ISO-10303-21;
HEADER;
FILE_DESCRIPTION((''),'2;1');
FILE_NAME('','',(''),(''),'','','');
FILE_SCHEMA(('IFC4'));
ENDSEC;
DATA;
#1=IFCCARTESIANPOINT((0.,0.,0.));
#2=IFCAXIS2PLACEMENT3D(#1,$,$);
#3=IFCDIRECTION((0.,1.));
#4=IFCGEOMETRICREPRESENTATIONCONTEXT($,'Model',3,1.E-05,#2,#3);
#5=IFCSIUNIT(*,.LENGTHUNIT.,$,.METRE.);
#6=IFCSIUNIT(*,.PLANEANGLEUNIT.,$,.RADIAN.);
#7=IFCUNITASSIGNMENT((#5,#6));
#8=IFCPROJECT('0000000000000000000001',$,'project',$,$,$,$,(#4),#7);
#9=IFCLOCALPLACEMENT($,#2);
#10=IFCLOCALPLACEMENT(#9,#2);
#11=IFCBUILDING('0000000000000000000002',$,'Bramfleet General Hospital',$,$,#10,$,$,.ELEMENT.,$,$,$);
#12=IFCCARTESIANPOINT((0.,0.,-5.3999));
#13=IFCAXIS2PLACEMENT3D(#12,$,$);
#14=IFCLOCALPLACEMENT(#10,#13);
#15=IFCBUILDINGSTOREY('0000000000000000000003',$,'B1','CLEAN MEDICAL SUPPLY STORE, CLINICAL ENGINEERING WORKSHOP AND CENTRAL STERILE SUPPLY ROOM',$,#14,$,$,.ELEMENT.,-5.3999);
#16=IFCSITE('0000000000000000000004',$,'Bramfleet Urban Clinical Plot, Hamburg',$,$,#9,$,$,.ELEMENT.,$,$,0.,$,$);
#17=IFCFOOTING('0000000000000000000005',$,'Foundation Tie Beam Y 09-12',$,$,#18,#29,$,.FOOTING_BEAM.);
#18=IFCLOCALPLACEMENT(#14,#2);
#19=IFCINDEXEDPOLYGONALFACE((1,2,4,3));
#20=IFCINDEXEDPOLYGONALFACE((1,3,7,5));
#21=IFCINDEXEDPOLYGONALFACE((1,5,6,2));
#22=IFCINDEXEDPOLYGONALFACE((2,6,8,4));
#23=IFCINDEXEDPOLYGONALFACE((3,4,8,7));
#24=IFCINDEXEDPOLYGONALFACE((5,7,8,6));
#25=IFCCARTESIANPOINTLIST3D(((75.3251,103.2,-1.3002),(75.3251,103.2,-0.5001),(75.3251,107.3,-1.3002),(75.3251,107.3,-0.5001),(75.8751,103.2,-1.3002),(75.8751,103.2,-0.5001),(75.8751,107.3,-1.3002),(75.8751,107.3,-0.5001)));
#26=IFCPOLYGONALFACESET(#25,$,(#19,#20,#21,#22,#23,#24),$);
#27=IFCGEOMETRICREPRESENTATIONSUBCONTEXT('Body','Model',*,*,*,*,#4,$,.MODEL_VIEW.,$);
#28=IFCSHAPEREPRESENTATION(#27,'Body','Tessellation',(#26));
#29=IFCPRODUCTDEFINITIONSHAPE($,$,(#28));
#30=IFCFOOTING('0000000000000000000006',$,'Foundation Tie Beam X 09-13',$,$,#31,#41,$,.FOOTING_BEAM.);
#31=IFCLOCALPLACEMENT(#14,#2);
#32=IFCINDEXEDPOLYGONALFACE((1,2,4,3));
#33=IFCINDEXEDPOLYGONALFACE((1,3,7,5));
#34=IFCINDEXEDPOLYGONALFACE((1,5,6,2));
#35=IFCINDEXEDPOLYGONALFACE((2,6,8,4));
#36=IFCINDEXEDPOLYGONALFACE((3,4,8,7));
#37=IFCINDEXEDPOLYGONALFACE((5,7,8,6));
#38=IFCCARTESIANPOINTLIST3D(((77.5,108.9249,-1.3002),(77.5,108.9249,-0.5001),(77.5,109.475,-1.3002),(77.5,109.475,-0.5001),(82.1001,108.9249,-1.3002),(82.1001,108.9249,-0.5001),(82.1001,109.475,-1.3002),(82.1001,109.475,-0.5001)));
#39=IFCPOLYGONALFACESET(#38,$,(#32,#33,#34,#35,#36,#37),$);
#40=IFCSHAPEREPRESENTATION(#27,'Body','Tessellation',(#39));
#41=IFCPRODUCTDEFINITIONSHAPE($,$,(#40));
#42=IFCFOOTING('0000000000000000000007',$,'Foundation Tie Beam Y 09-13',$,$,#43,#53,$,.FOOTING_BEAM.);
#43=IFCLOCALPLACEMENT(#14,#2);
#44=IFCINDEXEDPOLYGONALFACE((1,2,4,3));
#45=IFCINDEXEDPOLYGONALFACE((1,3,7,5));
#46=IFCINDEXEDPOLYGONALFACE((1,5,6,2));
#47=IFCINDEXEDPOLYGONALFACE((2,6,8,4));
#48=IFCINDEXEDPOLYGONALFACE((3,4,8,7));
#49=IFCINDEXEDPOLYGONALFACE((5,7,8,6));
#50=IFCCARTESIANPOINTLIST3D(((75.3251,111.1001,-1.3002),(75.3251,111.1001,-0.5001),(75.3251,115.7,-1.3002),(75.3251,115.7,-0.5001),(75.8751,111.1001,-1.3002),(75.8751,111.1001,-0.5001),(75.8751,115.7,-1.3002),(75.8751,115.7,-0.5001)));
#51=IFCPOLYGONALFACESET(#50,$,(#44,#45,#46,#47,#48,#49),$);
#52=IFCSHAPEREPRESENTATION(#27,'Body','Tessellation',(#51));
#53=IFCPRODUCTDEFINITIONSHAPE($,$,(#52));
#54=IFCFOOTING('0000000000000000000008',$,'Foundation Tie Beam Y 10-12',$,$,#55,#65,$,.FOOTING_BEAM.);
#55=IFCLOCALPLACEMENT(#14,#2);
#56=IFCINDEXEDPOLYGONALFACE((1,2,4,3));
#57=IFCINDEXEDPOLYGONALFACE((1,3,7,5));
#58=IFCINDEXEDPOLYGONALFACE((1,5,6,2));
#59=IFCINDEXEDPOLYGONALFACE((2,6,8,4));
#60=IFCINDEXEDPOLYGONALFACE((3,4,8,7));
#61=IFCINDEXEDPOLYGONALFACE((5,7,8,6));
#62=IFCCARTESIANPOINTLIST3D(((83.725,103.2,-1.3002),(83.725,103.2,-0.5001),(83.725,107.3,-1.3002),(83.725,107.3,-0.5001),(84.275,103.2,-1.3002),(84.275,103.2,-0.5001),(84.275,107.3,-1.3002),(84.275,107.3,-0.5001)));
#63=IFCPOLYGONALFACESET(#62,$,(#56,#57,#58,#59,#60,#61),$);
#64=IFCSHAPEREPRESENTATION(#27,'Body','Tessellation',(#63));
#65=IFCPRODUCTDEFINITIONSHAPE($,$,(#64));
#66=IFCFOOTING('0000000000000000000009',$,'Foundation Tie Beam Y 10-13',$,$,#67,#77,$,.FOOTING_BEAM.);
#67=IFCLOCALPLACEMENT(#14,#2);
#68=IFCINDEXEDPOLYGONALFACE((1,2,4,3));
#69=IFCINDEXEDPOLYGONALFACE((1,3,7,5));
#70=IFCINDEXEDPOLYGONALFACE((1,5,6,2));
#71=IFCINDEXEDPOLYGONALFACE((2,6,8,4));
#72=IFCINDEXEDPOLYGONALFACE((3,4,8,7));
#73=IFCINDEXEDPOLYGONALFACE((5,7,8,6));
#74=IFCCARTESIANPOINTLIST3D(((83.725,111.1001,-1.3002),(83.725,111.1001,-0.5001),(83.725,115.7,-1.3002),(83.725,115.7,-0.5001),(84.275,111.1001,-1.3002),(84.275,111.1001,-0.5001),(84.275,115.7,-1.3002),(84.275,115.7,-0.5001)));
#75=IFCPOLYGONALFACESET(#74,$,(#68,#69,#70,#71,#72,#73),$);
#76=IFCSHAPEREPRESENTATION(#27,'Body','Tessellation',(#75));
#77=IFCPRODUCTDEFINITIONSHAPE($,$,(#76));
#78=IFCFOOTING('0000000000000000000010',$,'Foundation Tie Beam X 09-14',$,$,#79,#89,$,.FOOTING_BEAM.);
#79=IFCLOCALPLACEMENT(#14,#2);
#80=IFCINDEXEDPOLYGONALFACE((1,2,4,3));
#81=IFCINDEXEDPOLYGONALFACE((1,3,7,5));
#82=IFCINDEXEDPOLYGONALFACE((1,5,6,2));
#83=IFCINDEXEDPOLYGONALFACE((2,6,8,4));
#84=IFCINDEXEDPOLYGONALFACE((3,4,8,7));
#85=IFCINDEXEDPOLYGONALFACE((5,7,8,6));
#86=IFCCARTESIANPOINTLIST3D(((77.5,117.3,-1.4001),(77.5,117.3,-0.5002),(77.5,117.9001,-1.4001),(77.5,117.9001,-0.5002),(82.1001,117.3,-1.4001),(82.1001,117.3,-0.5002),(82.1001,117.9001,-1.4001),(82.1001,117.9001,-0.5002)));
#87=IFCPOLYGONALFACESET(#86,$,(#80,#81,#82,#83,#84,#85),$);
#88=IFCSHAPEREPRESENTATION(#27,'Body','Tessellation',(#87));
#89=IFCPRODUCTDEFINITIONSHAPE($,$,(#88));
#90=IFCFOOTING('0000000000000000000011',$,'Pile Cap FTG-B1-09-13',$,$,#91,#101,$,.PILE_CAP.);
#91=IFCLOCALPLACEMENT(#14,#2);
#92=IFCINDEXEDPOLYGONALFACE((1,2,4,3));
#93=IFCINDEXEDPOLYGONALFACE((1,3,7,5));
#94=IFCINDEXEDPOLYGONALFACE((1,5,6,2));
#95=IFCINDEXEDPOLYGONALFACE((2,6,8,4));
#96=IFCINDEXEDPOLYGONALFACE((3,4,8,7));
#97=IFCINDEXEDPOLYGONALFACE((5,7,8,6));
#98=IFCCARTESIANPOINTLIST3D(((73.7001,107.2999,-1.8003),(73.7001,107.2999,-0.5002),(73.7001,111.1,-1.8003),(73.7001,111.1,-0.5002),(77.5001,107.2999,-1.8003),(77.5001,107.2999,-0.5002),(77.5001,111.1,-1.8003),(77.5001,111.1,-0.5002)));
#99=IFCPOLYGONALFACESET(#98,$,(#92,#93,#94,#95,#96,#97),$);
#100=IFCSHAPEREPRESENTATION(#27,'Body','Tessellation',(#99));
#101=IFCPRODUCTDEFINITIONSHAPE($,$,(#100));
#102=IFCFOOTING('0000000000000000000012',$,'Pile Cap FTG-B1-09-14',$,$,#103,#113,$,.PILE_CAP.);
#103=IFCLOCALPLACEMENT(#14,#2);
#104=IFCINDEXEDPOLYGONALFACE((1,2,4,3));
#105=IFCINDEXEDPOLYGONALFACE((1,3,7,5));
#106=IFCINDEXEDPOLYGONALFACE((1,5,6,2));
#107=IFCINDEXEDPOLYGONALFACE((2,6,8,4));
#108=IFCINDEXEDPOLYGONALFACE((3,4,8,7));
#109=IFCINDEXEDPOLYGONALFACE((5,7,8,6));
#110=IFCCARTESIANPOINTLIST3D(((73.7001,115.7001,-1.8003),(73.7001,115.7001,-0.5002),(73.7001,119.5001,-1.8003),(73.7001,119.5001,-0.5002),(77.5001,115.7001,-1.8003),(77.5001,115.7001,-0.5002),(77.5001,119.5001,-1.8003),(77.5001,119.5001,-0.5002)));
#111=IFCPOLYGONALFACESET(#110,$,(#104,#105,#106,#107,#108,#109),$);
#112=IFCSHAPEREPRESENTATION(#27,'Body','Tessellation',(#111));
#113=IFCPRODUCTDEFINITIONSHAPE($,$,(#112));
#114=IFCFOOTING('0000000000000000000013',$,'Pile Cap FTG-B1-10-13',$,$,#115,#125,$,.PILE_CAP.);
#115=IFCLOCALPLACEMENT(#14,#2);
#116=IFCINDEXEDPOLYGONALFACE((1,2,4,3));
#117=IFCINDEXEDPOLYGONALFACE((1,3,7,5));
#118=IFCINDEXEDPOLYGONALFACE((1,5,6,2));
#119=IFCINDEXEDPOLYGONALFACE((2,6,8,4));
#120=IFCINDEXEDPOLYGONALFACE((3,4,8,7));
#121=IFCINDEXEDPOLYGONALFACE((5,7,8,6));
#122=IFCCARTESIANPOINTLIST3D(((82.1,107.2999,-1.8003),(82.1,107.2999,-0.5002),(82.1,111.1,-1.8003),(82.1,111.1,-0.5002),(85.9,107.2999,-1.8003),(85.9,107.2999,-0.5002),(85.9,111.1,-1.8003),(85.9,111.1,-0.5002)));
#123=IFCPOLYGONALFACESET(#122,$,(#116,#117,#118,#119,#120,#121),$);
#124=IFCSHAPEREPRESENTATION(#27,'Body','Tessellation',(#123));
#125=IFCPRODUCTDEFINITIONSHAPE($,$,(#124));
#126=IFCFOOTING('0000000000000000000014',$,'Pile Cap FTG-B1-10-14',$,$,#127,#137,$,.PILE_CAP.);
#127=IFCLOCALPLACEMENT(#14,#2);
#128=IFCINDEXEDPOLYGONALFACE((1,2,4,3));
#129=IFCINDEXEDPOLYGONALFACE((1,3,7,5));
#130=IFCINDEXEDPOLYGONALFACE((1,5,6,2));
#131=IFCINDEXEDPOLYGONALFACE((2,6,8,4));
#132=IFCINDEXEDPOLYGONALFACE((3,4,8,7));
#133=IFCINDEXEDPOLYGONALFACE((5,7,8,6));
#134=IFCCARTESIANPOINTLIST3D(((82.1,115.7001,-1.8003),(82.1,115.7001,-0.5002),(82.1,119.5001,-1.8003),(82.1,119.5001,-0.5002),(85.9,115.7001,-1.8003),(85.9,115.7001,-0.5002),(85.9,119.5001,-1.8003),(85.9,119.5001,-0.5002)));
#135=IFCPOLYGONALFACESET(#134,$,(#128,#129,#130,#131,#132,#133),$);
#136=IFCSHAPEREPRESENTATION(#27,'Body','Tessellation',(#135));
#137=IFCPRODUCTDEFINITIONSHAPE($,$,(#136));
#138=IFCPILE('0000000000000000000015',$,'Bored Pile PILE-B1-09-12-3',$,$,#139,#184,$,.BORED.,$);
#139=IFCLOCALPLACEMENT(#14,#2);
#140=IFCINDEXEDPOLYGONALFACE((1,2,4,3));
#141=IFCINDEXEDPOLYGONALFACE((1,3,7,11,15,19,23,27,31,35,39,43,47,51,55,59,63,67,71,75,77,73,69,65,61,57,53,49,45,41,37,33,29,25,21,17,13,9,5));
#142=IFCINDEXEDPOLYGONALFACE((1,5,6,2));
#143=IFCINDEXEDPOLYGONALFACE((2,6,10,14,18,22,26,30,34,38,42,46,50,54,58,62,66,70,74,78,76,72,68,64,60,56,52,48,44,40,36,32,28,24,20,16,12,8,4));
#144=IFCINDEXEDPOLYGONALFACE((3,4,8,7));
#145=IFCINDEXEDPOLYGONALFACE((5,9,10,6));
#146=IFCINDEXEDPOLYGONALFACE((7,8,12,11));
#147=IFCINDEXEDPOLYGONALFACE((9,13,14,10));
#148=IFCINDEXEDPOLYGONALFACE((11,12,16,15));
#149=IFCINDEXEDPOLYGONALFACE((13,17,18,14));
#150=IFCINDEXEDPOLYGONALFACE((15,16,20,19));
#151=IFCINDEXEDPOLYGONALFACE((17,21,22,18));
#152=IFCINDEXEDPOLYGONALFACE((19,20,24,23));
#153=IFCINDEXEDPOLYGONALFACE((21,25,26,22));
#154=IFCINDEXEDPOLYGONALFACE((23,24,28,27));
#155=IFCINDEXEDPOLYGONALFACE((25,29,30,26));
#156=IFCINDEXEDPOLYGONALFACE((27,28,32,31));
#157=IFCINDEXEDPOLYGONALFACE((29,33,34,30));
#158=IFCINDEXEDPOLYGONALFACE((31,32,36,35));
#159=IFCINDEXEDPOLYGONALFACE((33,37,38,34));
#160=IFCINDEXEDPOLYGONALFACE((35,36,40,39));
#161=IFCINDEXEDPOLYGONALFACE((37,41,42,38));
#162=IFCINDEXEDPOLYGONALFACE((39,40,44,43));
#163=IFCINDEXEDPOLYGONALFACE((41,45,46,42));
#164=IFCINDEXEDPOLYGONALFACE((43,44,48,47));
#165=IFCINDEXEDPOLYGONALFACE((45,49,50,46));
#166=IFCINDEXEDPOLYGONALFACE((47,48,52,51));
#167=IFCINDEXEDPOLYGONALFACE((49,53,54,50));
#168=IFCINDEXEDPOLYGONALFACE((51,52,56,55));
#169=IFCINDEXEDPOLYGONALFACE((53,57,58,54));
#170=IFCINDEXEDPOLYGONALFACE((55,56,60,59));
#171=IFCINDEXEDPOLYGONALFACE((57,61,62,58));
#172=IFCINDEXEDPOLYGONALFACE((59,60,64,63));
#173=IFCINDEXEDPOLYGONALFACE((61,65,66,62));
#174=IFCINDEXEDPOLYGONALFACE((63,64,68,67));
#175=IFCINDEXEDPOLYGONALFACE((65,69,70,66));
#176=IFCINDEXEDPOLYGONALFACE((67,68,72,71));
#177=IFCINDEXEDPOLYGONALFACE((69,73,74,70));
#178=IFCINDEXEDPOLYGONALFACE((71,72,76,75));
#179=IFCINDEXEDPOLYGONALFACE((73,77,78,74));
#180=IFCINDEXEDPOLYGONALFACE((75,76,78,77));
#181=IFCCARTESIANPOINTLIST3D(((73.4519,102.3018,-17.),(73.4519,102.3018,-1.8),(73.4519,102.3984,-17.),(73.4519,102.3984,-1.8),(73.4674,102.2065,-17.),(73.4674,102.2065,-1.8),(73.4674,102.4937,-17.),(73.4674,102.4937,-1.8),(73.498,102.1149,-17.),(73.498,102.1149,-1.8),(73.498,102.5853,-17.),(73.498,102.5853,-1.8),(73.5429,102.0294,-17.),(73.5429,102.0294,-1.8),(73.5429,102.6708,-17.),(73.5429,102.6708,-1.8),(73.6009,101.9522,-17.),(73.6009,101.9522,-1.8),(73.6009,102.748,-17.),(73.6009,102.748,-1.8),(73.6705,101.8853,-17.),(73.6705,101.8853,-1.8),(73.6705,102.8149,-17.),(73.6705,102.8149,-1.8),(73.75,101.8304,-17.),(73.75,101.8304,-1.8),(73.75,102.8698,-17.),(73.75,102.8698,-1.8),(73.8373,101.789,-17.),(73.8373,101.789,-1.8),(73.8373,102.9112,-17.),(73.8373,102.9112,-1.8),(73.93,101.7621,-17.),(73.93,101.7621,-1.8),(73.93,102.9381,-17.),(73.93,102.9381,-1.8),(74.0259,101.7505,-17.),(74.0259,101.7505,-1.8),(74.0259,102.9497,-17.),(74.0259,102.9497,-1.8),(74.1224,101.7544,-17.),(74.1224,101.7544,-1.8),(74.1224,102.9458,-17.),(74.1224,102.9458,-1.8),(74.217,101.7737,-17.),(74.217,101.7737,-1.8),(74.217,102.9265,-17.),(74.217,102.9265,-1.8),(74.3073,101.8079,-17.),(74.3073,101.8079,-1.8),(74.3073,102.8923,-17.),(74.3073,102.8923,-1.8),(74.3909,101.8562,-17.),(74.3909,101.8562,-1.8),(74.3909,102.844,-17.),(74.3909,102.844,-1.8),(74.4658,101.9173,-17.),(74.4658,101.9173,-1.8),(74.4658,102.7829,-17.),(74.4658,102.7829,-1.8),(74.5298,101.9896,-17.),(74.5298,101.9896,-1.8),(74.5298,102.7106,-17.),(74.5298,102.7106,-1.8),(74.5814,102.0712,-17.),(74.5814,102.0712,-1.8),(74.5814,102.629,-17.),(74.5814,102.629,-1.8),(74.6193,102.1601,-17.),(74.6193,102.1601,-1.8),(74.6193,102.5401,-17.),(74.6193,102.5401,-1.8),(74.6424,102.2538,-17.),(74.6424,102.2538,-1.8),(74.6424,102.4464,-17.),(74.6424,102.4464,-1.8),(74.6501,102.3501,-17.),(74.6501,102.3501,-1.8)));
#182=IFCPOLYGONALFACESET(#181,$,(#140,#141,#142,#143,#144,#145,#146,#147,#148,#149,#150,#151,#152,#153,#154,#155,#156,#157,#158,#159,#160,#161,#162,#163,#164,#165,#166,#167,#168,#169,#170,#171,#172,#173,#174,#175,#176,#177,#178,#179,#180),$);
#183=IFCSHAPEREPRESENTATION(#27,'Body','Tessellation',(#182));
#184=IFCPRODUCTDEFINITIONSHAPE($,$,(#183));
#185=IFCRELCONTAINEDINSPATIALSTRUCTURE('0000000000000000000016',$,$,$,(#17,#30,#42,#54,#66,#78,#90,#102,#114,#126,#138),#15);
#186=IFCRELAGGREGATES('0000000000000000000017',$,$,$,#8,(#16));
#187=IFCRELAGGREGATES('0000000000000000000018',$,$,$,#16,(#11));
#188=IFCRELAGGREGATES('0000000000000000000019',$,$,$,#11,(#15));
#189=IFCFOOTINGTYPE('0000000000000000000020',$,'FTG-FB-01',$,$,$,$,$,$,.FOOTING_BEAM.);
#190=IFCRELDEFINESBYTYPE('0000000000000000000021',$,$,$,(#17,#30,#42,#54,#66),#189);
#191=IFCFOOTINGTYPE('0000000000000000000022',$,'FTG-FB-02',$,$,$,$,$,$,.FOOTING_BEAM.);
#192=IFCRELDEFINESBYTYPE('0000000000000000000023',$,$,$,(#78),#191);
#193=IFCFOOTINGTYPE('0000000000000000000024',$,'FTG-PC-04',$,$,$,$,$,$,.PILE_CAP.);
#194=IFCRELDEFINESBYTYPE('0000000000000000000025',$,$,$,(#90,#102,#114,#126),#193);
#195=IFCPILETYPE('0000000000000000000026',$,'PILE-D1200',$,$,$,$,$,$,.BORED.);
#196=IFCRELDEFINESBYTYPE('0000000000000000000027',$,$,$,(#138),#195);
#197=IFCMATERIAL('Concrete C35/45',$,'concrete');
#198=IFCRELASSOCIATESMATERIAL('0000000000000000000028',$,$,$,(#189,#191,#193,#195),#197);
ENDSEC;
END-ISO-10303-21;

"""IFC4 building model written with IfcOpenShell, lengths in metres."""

from ifc_helpers import new_model, si_unit, direction, frame, origin, origin_2d, place, context, subcontext, project, spatial, rectangle, circle, extrude, material, material_profile, profile_set, type_object, element, save


model = new_model("IFC4")

# Units and contexts
model_context = context("Model", 3, precision=1e-05, world=origin(), true_north=direction((0.0, 1.0)))
body_context = subcontext(model_context, "Body", "Model", "MODEL_VIEW")
ifc_project = project(units=[si_unit("LENGTHUNIT", "METRE"), si_unit("PLANEANGLEUNIT", "RADIAN")], contexts=[model_context])

# Site, building, storey
site_placement = place(None, origin())
site = spatial("IfcSite", under=ifc_project, at=site_placement, Name="Bramfleet Urban Clinical Plot, Hamburg", CompositionType="ELEMENT", RefElevation=0.0)
building_placement = place(site_placement, origin())
building = spatial("IfcBuilding", under=site, at=building_placement, Name="Bramfleet General Hospital", CompositionType="ELEMENT")
storey_placement = place(building_placement, frame((0.0, 0.0, -5.3999)))
storey = spatial("IfcBuildingStorey", under=building, at=storey_placement, Name="B1", Description="CLEAN MEDICAL SUPPLY STORE, CLINICAL ENGINEERING WORKSHOP AND CENTRAL STERILE SUPPLY ROOM", CompositionType="ELEMENT", Elevation=-5.3999)

# Footings
ifc_material_1 = material(Name="Concrete C35/45", Category="concrete")
ifc_material_profile_1 = material_profile(ifc_material_1, rectangle(XDim=0.55, YDim=0.8, at=origin_2d()), Name="RC FB 800x550")
ifc_profile_set_1 = profile_set([ifc_material_profile_1], Name="Concrete C35/45")
footing_type_1 = type_object("IfcFootingType", Name="FTG-FB-01", PredefinedType="FOOTING_BEAM", material=ifc_profile_set_1)
footing_1_placement = place(storey_placement, frame((75.6001, 103.2, -0.9001), z_axis=(0.0, 1.0, 0.0), x_axis=(-1.0, 0.0, 0.0)))
element("IfcFooting", 1, at=footing_1_placement, inside=storey, type_object=footing_type_1, Name="Foundation Tie Beam Y 09-12", PredefinedType="FOOTING_BEAM", context=body_context, shape_type="SweptSolid", body=[
    extrude(rectangle(XDim=0.55, YDim=0.8, at=origin_2d()), origin(), (0.0, 0.0, 1.0), 4.1001),
])
footing_2_placement = place(storey_placement, frame((77.5, 109.2, -0.9001), z_axis=(1.0, 0.0, 0.0), x_axis=(0.0, 1.0, 0.0)))
element("IfcFooting", 2, at=footing_2_placement, inside=storey, type_object=footing_type_1, Name="Foundation Tie Beam X 09-13", PredefinedType="FOOTING_BEAM", context=body_context, shape_type="SweptSolid", body=[
    extrude(rectangle(XDim=0.55, YDim=0.8, at=origin_2d()), origin(), (0.0, 0.0, 1.0), 4.6001),
])
footing_3_placement = place(storey_placement, frame((75.6001, 111.1001, -0.9001), z_axis=(0.0, 1.0, 0.0), x_axis=(-1.0, 0.0, 0.0)))
element("IfcFooting", 3, at=footing_3_placement, inside=storey, type_object=footing_type_1, Name="Foundation Tie Beam Y 09-13", PredefinedType="FOOTING_BEAM", context=body_context, shape_type="SweptSolid", body=[
    extrude(rectangle(XDim=0.55, YDim=0.8, at=origin_2d()), origin(), (0.0, 0.0, 1.0), 4.5999),
])
footing_4_placement = place(storey_placement, frame((84.0, 103.2, -0.9001), z_axis=(0.0, 1.0, 0.0), x_axis=(-1.0, 0.0, 0.0)))
element("IfcFooting", 4, at=footing_4_placement, inside=storey, type_object=footing_type_1, Name="Foundation Tie Beam Y 10-12", PredefinedType="FOOTING_BEAM", context=body_context, shape_type="SweptSolid", body=[
    extrude(rectangle(XDim=0.55, YDim=0.8, at=origin_2d()), origin(), (0.0, 0.0, 1.0), 4.1001),
])
footing_5_placement = place(storey_placement, frame((84.0, 111.1001, -0.9001), z_axis=(0.0, 1.0, 0.0), x_axis=(-1.0, 0.0, 0.0)))
element("IfcFooting", 5, at=footing_5_placement, inside=storey, type_object=footing_type_1, Name="Foundation Tie Beam Y 10-13", PredefinedType="FOOTING_BEAM", context=body_context, shape_type="SweptSolid", body=[
    extrude(rectangle(XDim=0.55, YDim=0.8, at=origin_2d()), origin(), (0.0, 0.0, 1.0), 4.5999),
])
ifc_material_profile_2 = material_profile(ifc_material_1, rectangle(XDim=0.6001, YDim=0.8999, at=origin_2d()), Name="RC FB 900x600")
ifc_profile_set_2 = profile_set([ifc_material_profile_2], Name="Concrete C35/45")
footing_type_2 = type_object("IfcFootingType", Name="FTG-FB-02", PredefinedType="FOOTING_BEAM", material=ifc_profile_set_2)
footing_6_placement = place(storey_placement, frame((77.5, 117.6001, -0.9502), z_axis=(1.0, 0.0, 0.0), x_axis=(0.0, 1.0, 0.0)))
element("IfcFooting", 6, at=footing_6_placement, inside=storey, type_object=footing_type_2, Name="Foundation Tie Beam X 09-14", PredefinedType="FOOTING_BEAM", context=body_context, shape_type="SweptSolid", body=[
    extrude(rectangle(XDim=0.6001, YDim=0.8999, at=origin_2d()), origin(), (0.0, 0.0, 1.0), 4.6001),
])
footing_type_3 = type_object("IfcFootingType", Name="FTG-PC-04", PredefinedType="PILE_CAP", material=ifc_material_1)
for number, where, z_axis, x_axis, name in (
    (7, (75.6001, 109.2, -1.8003), (0.0, 0.0, 1.0), (1.0, 0.0, 0.0), "Pile Cap FTG-B1-09-13"),
    (8, (75.6001, 117.6001, -1.8003), (0.0, 0.0, 1.0), (1.0, 0.0, 0.0), "Pile Cap FTG-B1-09-14"),
    (9, (84.0, 109.2, -1.8003), (0.0, 0.0, 1.0), (1.0, 0.0, 0.0), "Pile Cap FTG-B1-10-13"),
    (10, (84.0, 117.6001, -1.8003), (0.0, 0.0, 1.0), (1.0, 0.0, 0.0), "Pile Cap FTG-B1-10-14"),
):
    element("IfcFooting", number, at=place(storey_placement, frame(where, z_axis=z_axis, x_axis=x_axis)), inside=storey, type_object=footing_type_3, Name=name, PredefinedType="PILE_CAP", context=body_context, shape_type="SweptSolid", body=[
        extrude(rectangle(XDim=3.8, YDim=3.8, at=origin_2d()), origin(), (0.0, 0.0, 1.0), 1.3),
    ])

# Pile
ifc_material_profile_3 = material_profile(ifc_material_1, circle(Radius=0.6001, at=origin_2d()), Name="PILE BORED D1200")
ifc_profile_set_3 = profile_set([ifc_material_profile_3], Name="Concrete C35/45")
pile_type_1 = type_object("IfcPileType", Name="PILE-D1200", PredefinedType="BORED", material=ifc_profile_set_3)
for number, where, z_axis, x_axis, name in (
    (11, (74.05, 102.3501, -1.8), (0.0, 0.0, -1.0), (1.0, 0.0, 0.0), "Bored Pile PILE-B1-09-12-3"),
):
    element("IfcPile", number, at=place(storey_placement, frame(where, z_axis=z_axis, x_axis=x_axis)), inside=storey, type_object=pile_type_1, Name=name, PredefinedType="BORED", context=body_context, shape_type="SweptSolid", body=[
        extrude(circle(Radius=0.6001, at=origin_2d()), origin(), (0.0, 0.0, 1.0), 15.2),
    ])

save(model, "model.ifc")
